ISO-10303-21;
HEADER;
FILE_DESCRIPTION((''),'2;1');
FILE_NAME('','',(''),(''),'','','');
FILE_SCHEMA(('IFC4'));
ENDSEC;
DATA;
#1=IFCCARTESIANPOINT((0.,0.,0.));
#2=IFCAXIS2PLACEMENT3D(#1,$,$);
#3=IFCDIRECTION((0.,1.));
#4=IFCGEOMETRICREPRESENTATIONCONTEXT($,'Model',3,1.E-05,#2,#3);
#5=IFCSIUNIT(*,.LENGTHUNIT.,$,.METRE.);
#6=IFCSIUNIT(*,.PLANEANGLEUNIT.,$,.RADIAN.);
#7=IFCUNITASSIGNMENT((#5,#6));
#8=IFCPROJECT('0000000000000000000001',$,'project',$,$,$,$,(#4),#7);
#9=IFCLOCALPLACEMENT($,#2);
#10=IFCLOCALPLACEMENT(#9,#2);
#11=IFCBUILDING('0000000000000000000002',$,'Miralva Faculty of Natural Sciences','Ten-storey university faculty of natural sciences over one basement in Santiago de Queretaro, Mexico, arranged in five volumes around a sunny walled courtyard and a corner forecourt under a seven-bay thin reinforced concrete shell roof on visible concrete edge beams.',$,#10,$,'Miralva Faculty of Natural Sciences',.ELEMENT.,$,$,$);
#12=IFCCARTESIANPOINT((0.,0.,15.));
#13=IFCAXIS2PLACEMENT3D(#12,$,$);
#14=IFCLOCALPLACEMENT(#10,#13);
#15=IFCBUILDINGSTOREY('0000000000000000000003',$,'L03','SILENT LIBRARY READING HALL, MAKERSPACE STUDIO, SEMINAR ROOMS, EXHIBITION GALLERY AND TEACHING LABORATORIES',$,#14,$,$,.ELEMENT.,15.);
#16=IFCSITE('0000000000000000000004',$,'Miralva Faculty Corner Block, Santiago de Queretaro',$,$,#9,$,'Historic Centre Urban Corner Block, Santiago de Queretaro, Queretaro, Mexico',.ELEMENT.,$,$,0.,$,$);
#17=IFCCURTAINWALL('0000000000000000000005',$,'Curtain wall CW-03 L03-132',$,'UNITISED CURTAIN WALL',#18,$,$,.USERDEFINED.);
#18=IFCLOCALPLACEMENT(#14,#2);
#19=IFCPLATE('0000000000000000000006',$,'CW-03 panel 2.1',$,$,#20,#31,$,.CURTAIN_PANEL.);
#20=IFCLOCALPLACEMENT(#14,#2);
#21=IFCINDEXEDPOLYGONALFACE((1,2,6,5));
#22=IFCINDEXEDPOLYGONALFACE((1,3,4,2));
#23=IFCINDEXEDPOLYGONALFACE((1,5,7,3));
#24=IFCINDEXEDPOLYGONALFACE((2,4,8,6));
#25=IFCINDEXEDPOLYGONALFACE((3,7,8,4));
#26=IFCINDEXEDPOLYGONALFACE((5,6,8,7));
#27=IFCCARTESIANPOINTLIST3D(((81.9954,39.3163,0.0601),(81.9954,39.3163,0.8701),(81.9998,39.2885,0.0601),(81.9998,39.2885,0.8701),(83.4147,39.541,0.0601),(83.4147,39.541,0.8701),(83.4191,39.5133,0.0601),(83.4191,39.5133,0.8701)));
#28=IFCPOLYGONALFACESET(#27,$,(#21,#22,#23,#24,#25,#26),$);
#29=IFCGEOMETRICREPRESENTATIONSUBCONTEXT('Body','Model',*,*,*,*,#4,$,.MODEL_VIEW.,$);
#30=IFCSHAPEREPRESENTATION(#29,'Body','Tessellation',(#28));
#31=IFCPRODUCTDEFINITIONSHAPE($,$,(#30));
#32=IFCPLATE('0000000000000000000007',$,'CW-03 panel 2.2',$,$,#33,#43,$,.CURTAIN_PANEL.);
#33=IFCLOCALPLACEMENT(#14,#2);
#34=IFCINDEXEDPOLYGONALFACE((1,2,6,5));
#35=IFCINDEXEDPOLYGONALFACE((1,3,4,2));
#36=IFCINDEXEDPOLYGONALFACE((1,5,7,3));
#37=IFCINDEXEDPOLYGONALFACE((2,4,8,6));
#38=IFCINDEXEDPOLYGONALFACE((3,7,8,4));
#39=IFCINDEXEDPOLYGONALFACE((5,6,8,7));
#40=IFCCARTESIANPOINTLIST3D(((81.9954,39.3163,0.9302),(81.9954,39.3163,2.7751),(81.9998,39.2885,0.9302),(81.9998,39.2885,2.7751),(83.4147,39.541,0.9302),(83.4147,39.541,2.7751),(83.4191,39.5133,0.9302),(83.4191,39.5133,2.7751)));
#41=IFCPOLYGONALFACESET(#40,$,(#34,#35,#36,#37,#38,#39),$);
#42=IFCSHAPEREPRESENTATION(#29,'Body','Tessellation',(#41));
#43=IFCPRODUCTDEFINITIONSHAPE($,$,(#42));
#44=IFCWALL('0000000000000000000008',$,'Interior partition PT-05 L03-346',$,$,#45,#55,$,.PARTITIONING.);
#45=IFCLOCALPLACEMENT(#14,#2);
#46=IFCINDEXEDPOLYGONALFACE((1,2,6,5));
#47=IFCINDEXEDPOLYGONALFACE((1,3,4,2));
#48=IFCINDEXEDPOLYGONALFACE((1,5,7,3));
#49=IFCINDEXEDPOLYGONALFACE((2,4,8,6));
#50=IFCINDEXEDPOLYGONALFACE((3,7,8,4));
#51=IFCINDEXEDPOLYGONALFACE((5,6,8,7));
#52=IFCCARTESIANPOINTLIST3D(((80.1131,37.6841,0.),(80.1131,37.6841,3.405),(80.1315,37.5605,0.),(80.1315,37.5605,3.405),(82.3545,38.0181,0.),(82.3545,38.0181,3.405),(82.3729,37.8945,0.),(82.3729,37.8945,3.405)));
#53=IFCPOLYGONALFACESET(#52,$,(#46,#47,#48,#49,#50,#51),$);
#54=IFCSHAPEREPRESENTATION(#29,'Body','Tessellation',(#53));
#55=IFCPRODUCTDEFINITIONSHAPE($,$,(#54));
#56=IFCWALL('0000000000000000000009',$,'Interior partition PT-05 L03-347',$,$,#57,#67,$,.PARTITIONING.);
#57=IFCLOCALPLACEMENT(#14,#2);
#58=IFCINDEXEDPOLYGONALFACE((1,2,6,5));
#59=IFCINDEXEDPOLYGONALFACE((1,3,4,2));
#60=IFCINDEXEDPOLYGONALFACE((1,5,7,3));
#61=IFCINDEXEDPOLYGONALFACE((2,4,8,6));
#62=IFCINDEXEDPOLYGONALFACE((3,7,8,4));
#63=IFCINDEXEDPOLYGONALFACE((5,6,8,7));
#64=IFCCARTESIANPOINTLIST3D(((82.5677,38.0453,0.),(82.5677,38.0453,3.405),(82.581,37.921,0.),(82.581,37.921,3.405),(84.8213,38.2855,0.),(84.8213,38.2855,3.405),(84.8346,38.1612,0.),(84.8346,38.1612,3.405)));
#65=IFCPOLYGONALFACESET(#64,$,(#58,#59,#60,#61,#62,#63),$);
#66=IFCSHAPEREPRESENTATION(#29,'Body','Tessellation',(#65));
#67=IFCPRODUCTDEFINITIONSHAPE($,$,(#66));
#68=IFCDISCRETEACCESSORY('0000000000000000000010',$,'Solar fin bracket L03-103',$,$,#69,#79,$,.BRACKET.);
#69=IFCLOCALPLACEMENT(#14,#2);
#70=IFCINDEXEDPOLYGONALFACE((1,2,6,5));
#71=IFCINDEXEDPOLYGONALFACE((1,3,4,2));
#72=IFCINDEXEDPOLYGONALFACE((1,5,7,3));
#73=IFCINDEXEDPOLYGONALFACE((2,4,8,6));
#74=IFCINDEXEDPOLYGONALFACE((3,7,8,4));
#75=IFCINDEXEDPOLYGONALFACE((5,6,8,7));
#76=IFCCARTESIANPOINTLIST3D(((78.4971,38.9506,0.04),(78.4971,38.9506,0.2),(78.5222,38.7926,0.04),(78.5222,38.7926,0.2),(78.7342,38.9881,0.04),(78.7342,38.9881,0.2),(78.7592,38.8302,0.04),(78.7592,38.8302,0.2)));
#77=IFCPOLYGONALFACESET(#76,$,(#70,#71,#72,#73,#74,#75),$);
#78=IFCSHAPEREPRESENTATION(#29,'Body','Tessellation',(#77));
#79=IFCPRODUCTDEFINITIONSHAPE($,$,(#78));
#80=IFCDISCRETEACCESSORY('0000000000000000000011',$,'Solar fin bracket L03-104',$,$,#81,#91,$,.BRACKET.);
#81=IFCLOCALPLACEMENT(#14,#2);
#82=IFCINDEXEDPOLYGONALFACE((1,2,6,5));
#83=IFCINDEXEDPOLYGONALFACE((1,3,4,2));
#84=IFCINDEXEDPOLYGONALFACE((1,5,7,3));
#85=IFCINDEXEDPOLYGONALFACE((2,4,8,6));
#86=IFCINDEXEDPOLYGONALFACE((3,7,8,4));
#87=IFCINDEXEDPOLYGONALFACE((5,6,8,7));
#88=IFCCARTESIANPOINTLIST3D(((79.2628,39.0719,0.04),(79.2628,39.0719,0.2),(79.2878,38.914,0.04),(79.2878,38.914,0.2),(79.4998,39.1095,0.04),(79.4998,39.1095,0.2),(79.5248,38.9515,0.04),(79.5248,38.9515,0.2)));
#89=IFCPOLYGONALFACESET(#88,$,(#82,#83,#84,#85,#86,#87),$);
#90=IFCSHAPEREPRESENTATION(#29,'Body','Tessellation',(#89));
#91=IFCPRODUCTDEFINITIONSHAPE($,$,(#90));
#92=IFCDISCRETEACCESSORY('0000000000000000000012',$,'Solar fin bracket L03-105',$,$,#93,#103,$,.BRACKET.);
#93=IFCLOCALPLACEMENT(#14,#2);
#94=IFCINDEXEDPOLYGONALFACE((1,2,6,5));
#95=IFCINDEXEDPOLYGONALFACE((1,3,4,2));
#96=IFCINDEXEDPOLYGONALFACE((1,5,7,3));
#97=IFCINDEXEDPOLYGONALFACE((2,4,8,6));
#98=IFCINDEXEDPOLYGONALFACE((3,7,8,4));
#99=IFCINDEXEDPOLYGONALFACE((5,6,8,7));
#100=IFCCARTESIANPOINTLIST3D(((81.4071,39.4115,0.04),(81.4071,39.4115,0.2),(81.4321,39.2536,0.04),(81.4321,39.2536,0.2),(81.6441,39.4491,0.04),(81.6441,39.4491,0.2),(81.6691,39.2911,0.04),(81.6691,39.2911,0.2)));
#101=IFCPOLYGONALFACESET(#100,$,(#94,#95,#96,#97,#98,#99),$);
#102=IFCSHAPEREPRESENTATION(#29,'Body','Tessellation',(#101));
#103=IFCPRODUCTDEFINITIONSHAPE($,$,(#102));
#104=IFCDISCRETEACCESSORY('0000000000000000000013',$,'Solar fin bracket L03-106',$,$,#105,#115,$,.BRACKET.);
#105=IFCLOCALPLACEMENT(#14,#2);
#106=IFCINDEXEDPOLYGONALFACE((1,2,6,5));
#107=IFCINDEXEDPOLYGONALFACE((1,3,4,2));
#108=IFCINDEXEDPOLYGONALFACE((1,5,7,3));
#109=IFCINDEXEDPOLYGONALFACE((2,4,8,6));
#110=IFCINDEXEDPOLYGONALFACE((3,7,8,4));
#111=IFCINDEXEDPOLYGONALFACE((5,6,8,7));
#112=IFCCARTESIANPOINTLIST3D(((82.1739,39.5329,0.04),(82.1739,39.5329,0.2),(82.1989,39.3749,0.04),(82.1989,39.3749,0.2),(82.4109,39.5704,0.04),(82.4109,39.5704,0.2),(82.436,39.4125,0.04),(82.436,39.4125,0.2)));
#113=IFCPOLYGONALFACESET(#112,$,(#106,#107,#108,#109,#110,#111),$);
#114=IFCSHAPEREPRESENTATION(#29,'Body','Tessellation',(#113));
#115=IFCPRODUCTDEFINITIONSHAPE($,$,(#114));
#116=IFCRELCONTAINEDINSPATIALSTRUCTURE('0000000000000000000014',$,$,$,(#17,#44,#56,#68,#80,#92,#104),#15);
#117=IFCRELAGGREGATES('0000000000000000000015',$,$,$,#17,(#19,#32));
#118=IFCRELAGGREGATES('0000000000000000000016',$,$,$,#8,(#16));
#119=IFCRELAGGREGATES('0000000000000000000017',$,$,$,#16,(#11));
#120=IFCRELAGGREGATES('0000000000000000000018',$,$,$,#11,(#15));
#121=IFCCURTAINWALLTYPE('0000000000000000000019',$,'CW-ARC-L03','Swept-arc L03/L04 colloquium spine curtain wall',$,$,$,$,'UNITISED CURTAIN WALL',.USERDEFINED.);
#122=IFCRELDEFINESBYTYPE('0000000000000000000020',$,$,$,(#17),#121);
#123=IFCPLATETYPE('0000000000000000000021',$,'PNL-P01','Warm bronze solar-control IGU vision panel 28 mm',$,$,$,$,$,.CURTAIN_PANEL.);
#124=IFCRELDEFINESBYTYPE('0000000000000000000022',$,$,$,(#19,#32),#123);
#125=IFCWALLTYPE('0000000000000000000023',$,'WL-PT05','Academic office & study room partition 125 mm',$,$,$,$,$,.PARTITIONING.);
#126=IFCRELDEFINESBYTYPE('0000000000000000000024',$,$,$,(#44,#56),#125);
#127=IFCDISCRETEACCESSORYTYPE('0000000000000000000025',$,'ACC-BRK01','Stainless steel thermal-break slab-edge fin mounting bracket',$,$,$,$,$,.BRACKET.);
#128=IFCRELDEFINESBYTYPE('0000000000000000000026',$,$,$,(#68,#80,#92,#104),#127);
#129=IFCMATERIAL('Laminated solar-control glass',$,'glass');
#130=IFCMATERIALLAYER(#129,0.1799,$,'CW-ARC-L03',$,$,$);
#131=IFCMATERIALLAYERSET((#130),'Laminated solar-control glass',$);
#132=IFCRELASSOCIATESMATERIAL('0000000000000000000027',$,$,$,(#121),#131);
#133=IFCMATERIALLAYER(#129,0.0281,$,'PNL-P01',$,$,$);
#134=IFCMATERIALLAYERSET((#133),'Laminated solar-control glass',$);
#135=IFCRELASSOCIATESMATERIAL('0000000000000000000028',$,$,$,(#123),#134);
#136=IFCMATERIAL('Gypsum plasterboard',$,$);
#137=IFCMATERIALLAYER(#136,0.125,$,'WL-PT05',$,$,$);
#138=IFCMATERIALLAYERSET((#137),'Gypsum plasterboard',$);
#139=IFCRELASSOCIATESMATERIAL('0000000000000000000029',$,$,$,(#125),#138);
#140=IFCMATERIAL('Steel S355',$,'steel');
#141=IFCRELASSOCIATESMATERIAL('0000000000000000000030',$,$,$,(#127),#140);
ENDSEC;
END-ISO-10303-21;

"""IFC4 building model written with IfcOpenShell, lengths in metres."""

from ifc_helpers import new_model, si_unit, direction, frame, frame_2d, origin, origin_2d, place, context, subcontext, project, spatial, rectangle, extrude, material, layer, layer_set, type_object, element, aggregate, save


model = new_model("IFC4")

# Units and contexts
model_context = context("Model", 3, precision=1e-05, world=origin(), true_north=direction((0.0, 1.0)))
body_context = subcontext(model_context, "Body", "Model", "MODEL_VIEW")
ifc_project = project(units=[si_unit("LENGTHUNIT", "METRE"), si_unit("PLANEANGLEUNIT", "RADIAN")], contexts=[model_context])

# Site, building, storey
site_placement = place(None, origin())
site = spatial("IfcSite", under=ifc_project, at=site_placement, Name="Miralva Faculty Corner Block, Santiago de Queretaro", LongName="Historic Centre Urban Corner Block, Santiago de Queretaro, Queretaro, Mexico", CompositionType="ELEMENT", RefElevation=0.0)
building_placement = place(site_placement, origin())
building = spatial("IfcBuilding", under=site, at=building_placement, Name="Miralva Faculty of Natural Sciences", Description="Ten-storey university faculty of natural sciences over one basement in Santiago de Queretaro, Mexico, arranged in five volumes around a sunny walled courtyard and a corner forecourt under a seven-bay thin reinforced concrete shell roof on visible concrete edge beams.", LongName="Miralva Faculty of Natural Sciences", CompositionType="ELEMENT")
storey_placement = place(building_placement, frame((0.0, 0.0, 15.0)))
storey = spatial("IfcBuildingStorey", under=building, at=storey_placement, Name="L03", Description="SILENT LIBRARY READING HALL, MAKERSPACE STUDIO, SEMINAR ROOMS, EXHIBITION GALLERY AND TEACHING LABORATORIES", CompositionType="ELEMENT", Elevation=15.0)

# Curtain wall
ifc_material_1 = material(Name="Laminated solar-control glass", Category="glass")
ifc_layer_1 = layer(ifc_material_1, 0.1799, Name="CW-ARC-L03")
ifc_layer_set_1 = layer_set([ifc_layer_1], Name="Laminated solar-control glass")
curtain_wall_type = type_object("IfcCurtainWallType", Name="CW-ARC-L03", Description="Swept-arc L03/L04 colloquium spine curtain wall", ElementType="UNITISED CURTAIN WALL", PredefinedType="USERDEFINED", material=ifc_layer_set_1)
curtain_wall_1_placement = place(storey_placement, origin())
curtain_wall_1 = element("IfcCurtainWall", 1, at=curtain_wall_1_placement, inside=storey, type_object=curtain_wall_type, Name="Curtain wall CW-03 L03-132", ObjectType="UNITISED CURTAIN WALL", PredefinedType="USERDEFINED")

# Plates
ifc_layer_2 = layer(ifc_material_1, 0.0281, Name="PNL-P01")
ifc_layer_set_2 = layer_set([ifc_layer_2], Name="Laminated solar-control glass")
plate_type = type_object("IfcPlateType", Name="PNL-P01", Description="Warm bronze solar-control IGU vision panel 28 mm", PredefinedType="CURTAIN_PANEL", material=ifc_layer_set_2)
plate_1_placement = place(storey_placement, frame((82.7073, 39.4148, 0.0601), z_axis=(0.0, 0.0, 1.0), x_axis=(0.987691, 0.156415, 0.0)))
plate_1 = element("IfcPlate", 2, at=plate_1_placement, type_object=plate_type, Name="CW-03 panel 2.1", PredefinedType="CURTAIN_PANEL", context=body_context, shape_type="SweptSolid", body=[
    extrude(rectangle(XDim=1.437, YDim=0.0281, at=origin_2d()), origin(), (0.0, 0.0, 1.0), 0.8101),
])
plate_2_placement = place(storey_placement, frame((82.7073, 39.4148, 0.9302), z_axis=(0.0, 0.0, 1.0), x_axis=(0.987691, 0.156415, 0.0)))
plate_2 = element("IfcPlate", 3, at=plate_2_placement, type_object=plate_type, Name="CW-03 panel 2.2", PredefinedType="CURTAIN_PANEL", context=body_context, shape_type="SweptSolid", body=[
    extrude(rectangle(XDim=1.437, YDim=0.0281, at=origin_2d()), origin(), (0.0, 0.0, 1.0), 1.845),
])
aggregate(curtain_wall_1, [plate_1, plate_2])

# Walls
ifc_material_2 = material(Name="Gypsum plasterboard")
ifc_layer_3 = layer(ifc_material_2, 0.125, Name="WL-PT05")
ifc_layer_set_3 = layer_set([ifc_layer_3], Name="Gypsum plasterboard")
wall_type = type_object("IfcWallType", Name="WL-PT05", Description="Academic office & study room partition 125 mm", PredefinedType="PARTITIONING", material=ifc_layer_set_3)
wall_1_placement = place(storey_placement, frame((80.1223, 37.6223, 0.0), z_axis=(0.0, 0.0, 1.0), x_axis=(0.98908, 0.147376, 0.0)))
element("IfcWall", 4, at=wall_1_placement, inside=storey, type_object=wall_type, Name="Interior partition PT-05 L03-346", PredefinedType="PARTITIONING", context=body_context, shape_type="SweptSolid", body=[
    extrude(rectangle(XDim=2.2661, YDim=0.125, at=frame_2d((1.1331, 0.0))), origin(), (0.0, 0.0, 1.0), 3.405),
])
wall_2_placement = place(storey_placement, frame((82.5742, 37.9832, 0.0), z_axis=(0.0, 0.0, 1.0), x_axis=(0.994366, 0.105997, 0.0)))
element("IfcWall", 5, at=wall_2_placement, inside=storey, type_object=wall_type, Name="Interior partition PT-05 L03-347", PredefinedType="PARTITIONING", context=body_context, shape_type="SweptSolid", body=[
    extrude(rectangle(XDim=2.2664, YDim=0.125, at=frame_2d((1.1333, 0.0))), origin(), (0.0, 0.0, 1.0), 3.405),
])

# Discrete accessories
ifc_material_3 = material(Name="Steel S355", Category="steel")
discrete_accessory_type = type_object("IfcDiscreteAccessoryType", Name="ACC-BRK01", Description="Stainless steel thermal-break slab-edge fin mounting bracket", PredefinedType="BRACKET", material=ifc_material_3)
for number, where, z_axis, x_axis, name in (
    (6, (78.6282, 38.8904, 0.04), (0.0, 0.0, 1.0), (-0.156434, 0.987688, 0.0), "Solar fin bracket L03-103"),
    (7, (79.3938, 39.0117, 0.04), (0.0, 0.0, 1.0), (-0.156434, 0.987688, 0.0), "Solar fin bracket L03-104"),
    (8, (81.5381, 39.3513, 0.04), (0.0, 0.0, 1.0), (-0.156434, 0.987688, 0.0), "Solar fin bracket L03-105"),
    (9, (82.3049, 39.4727, 0.04), (0.0, 0.0, 1.0), (-0.156434, 0.987688, 0.0), "Solar fin bracket L03-106"),
):
    element("IfcDiscreteAccessory", number, at=place(storey_placement, frame(where, z_axis=z_axis, x_axis=x_axis)), inside=storey, type_object=discrete_accessory_type, Name=name, PredefinedType="BRACKET", context=body_context, shape_type="SweptSolid", body=[
        extrude(rectangle(XDim=0.1599, YDim=0.24, at=origin_2d()), origin(), (0.0, 0.0, 1.0), 0.1599),
    ])

save(model, "model.ifc")
